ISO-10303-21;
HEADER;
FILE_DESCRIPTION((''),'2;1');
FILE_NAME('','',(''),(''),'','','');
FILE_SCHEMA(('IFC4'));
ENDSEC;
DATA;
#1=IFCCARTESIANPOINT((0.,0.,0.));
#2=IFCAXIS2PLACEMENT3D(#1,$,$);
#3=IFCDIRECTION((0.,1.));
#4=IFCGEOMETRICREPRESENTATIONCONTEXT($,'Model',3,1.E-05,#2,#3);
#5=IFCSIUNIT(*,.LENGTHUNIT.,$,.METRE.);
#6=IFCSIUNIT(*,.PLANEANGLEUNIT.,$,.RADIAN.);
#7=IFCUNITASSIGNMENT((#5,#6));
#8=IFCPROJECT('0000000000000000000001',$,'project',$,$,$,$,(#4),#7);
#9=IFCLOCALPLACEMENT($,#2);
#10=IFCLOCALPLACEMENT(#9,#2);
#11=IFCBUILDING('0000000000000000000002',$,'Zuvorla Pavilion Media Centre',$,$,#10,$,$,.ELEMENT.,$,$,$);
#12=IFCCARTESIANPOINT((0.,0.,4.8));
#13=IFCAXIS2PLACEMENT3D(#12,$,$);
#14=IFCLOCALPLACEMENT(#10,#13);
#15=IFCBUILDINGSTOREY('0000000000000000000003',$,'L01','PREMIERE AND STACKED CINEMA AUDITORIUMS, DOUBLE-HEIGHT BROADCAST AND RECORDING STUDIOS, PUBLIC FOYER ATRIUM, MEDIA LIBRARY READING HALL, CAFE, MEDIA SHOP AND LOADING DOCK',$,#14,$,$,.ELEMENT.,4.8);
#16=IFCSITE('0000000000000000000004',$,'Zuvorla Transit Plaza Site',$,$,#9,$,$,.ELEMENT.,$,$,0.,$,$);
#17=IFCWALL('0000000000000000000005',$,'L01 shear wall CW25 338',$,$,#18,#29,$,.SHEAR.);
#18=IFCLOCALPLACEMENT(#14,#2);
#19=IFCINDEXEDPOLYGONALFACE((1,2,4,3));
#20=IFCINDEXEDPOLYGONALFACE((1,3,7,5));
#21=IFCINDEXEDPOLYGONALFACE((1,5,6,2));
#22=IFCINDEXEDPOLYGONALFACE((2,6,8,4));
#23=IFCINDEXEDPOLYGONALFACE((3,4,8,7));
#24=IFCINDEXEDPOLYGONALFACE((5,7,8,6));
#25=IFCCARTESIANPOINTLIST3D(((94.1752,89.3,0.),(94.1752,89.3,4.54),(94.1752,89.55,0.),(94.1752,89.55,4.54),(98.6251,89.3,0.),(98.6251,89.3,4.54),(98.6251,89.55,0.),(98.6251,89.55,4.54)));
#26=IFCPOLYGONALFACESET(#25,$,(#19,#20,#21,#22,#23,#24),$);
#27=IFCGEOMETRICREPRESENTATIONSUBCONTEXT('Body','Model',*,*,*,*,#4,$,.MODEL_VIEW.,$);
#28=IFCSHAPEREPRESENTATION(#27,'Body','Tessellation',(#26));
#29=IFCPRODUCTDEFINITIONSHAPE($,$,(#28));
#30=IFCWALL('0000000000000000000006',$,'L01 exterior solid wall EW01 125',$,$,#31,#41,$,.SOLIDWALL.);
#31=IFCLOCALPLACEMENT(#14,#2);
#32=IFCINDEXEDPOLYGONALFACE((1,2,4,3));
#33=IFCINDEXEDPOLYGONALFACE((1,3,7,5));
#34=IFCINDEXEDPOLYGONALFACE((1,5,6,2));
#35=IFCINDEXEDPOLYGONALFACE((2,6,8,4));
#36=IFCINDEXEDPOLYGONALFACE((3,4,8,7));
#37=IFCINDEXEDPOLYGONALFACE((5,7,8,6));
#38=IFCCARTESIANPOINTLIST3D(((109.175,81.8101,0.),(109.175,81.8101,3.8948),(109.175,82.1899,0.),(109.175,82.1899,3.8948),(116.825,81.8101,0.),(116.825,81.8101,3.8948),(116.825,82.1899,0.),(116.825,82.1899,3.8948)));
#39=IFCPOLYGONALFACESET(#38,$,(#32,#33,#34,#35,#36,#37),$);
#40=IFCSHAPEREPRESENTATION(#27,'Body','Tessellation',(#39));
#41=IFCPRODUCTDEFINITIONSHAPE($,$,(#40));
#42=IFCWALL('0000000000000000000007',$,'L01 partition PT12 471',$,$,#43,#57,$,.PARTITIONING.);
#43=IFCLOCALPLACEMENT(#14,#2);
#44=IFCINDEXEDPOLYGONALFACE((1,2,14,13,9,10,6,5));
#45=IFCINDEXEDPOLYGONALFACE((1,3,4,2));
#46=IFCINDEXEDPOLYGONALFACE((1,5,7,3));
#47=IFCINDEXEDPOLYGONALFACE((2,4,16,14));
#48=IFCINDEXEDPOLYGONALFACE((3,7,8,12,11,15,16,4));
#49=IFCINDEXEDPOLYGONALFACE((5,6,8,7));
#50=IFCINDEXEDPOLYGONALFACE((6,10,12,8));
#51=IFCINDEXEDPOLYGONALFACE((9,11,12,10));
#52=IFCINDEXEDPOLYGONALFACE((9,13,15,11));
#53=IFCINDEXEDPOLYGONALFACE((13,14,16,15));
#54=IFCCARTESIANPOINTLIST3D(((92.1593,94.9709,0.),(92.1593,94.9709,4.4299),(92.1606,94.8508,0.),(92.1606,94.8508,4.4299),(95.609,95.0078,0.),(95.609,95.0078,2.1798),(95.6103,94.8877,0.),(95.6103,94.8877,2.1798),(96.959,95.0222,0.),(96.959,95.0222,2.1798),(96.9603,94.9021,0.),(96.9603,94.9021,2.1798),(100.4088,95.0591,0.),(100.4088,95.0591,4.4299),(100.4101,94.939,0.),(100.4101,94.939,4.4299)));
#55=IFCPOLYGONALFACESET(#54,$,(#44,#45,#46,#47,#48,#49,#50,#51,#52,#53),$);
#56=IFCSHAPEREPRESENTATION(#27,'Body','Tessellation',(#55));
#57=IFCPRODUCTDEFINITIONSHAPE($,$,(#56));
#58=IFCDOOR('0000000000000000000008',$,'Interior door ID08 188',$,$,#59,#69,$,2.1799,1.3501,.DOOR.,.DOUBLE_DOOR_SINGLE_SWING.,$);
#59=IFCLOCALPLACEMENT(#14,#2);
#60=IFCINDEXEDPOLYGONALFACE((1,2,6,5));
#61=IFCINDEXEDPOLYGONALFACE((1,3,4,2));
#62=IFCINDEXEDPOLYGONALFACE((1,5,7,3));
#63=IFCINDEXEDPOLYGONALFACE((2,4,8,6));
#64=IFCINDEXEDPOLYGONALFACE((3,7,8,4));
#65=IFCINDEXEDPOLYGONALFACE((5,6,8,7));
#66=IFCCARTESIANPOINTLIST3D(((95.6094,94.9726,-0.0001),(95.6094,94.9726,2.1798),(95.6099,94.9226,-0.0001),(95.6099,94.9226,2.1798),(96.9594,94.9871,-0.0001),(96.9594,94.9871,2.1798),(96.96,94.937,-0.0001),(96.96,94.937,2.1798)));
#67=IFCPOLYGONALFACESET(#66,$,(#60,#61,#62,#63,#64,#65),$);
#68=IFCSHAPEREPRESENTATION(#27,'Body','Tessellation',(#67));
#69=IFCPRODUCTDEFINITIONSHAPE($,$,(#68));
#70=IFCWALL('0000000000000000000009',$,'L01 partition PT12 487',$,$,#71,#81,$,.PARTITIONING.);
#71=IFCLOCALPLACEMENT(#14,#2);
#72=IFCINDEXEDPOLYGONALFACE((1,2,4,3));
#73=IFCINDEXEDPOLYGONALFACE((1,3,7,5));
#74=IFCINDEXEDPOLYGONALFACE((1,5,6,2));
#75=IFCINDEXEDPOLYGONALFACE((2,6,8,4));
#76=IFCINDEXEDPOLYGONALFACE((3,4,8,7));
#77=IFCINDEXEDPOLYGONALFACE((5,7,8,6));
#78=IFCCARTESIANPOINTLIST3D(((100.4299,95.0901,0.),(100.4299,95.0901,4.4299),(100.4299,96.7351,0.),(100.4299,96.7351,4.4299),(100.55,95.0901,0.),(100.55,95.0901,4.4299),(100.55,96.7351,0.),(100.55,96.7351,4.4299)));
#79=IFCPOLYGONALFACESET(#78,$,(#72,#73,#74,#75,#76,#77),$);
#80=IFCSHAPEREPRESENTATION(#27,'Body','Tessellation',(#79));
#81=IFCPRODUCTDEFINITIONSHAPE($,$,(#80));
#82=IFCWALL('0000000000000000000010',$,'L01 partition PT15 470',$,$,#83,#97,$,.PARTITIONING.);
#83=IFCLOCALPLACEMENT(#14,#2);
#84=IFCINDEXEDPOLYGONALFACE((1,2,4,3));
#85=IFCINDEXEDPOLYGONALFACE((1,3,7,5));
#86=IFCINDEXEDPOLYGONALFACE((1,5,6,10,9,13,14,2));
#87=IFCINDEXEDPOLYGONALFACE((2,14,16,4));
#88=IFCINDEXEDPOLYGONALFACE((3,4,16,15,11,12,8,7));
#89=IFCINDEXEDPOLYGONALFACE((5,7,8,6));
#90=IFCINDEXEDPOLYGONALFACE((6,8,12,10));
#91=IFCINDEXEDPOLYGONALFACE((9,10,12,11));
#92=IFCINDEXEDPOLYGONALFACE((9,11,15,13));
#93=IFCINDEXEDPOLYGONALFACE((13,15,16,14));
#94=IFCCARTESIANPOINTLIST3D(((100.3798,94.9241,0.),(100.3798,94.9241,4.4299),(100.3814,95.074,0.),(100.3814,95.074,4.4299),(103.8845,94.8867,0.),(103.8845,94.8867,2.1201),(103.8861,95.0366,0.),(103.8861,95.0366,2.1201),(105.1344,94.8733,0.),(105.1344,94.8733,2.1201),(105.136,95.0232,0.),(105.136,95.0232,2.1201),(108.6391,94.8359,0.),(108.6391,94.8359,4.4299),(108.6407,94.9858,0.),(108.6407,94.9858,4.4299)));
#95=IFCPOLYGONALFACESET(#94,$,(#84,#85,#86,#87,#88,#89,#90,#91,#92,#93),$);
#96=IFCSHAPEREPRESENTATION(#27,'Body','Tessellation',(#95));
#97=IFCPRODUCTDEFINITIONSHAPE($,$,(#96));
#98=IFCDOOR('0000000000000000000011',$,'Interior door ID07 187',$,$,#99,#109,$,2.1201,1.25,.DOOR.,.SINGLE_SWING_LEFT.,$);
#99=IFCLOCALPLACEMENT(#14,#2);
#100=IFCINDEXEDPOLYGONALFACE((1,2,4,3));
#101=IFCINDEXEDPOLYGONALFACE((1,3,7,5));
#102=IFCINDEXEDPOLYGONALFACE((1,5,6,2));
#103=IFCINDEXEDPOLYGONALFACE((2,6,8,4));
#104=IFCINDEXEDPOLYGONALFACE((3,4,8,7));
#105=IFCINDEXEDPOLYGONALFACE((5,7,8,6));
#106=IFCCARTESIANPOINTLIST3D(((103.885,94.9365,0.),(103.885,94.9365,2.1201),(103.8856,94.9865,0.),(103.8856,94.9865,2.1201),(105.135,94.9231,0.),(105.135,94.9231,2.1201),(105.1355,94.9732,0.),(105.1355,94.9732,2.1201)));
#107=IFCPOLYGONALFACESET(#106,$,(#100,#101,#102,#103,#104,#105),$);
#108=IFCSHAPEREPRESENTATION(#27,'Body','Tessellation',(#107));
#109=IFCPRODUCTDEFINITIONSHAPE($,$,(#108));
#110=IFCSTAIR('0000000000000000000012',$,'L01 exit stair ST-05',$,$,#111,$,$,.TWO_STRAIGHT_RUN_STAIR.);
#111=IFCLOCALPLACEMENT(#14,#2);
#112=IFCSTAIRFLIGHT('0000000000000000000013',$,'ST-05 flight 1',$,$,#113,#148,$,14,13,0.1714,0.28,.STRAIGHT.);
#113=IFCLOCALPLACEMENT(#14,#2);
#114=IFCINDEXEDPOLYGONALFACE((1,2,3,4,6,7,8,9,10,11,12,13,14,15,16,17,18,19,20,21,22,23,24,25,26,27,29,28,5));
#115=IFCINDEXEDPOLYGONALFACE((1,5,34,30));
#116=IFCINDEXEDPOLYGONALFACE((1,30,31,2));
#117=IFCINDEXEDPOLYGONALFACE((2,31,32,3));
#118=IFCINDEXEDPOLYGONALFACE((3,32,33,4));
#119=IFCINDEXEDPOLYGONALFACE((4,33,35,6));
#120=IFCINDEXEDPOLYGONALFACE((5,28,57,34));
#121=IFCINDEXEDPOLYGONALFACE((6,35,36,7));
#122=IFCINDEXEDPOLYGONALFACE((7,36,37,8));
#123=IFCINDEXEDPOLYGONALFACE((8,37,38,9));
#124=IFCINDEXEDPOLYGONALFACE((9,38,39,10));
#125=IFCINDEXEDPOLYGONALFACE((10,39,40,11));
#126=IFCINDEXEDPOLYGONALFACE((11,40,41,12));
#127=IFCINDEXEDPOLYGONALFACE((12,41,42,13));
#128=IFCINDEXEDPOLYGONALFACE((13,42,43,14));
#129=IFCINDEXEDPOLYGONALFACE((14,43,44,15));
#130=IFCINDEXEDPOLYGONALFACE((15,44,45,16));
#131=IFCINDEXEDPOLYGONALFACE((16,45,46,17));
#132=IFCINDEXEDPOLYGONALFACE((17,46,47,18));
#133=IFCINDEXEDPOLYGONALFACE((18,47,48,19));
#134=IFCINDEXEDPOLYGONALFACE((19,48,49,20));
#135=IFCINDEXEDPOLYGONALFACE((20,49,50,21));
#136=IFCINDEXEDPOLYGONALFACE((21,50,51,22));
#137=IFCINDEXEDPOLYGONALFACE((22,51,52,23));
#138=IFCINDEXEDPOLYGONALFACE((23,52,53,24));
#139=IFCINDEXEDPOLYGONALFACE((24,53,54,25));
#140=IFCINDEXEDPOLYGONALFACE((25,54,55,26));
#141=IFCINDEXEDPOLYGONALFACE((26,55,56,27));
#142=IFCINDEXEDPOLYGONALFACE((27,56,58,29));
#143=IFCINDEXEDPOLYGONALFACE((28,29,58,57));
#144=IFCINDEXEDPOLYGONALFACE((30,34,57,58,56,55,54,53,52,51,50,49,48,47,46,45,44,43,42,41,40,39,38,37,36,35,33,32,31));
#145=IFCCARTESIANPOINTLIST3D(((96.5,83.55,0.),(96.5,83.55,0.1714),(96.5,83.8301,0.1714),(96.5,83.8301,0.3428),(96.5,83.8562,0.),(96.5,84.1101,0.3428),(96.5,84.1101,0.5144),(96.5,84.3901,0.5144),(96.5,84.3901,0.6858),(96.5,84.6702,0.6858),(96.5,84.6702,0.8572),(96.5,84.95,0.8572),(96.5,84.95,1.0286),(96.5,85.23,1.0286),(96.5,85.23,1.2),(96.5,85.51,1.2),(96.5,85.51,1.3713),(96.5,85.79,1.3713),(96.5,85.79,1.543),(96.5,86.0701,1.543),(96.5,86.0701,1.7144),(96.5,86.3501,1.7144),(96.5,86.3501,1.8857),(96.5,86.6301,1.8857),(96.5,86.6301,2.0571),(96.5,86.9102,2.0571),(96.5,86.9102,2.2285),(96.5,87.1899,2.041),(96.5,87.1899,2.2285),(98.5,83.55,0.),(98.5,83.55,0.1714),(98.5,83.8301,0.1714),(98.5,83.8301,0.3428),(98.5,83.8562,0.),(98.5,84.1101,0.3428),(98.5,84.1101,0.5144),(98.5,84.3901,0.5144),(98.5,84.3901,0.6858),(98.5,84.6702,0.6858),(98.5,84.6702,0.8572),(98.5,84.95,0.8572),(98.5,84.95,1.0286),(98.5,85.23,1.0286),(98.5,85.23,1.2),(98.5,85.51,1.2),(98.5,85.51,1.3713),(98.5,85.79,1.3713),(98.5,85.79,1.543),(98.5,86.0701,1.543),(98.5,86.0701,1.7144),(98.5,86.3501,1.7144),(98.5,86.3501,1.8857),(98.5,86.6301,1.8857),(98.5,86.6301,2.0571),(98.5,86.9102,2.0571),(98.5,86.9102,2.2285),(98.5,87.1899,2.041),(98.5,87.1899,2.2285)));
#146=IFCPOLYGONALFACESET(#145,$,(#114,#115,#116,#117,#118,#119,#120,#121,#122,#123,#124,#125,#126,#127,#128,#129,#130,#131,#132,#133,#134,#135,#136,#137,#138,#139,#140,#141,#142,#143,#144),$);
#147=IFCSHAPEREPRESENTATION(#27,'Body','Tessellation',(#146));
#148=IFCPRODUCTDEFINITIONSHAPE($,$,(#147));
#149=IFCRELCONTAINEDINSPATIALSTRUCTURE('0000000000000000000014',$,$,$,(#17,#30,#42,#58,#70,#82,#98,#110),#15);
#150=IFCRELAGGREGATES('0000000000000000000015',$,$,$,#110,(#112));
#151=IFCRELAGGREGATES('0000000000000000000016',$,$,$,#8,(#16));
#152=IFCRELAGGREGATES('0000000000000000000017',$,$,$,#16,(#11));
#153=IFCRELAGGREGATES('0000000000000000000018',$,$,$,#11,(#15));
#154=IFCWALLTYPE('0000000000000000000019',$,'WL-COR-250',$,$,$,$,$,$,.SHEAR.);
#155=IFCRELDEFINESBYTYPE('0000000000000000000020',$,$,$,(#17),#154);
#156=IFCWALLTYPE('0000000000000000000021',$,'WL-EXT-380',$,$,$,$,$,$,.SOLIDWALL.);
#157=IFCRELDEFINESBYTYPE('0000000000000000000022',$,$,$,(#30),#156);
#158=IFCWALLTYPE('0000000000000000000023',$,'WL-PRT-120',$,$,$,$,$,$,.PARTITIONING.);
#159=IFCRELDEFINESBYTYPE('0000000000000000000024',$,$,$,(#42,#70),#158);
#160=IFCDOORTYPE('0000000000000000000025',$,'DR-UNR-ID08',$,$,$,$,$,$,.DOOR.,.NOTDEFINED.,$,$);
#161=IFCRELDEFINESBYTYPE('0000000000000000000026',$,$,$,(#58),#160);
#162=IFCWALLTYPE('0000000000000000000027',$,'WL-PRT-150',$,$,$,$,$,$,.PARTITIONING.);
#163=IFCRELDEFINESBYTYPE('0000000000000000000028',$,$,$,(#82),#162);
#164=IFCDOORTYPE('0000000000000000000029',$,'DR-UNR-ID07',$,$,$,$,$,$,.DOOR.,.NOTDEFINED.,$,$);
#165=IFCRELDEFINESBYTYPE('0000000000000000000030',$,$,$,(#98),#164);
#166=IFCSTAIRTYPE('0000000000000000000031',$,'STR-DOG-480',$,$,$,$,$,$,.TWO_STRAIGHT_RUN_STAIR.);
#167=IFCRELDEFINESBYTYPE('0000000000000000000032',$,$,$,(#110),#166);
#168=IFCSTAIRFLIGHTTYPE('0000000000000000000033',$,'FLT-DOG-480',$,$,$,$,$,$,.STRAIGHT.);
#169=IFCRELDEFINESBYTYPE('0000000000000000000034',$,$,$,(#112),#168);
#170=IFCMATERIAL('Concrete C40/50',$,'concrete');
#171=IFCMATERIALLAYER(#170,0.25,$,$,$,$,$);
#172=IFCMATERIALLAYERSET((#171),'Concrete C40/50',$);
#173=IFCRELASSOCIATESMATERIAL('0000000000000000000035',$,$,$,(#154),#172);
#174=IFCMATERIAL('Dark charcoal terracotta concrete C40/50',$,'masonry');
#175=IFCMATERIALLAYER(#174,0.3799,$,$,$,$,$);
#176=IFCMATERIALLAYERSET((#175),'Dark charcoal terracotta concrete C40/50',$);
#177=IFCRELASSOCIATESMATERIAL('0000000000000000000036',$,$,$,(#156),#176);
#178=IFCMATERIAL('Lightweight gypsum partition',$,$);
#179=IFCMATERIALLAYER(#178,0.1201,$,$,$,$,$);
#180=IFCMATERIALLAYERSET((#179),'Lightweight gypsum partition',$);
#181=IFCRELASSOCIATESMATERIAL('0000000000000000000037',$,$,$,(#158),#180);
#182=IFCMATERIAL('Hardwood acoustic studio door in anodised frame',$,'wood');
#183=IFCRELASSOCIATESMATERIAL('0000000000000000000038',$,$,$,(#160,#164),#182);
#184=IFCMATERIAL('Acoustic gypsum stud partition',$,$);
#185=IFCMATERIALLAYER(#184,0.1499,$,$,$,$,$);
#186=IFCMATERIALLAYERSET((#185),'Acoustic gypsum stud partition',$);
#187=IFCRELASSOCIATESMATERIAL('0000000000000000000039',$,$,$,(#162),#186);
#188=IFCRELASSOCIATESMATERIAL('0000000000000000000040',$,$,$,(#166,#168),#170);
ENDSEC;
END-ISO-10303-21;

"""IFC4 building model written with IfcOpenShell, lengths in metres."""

from ifc_helpers import new_model, si_unit, direction, frame, frame_2d, origin, place, context, subcontext, project, spatial, polyline, rectangle, outline, extrude, material, layer, layer_set, type_object, element, fill, aggregate, save


model = new_model("IFC4")

# Units and contexts
model_context = context("Model", 3, precision=1e-05, world=origin(), true_north=direction((0.0, 1.0)))
body_context = subcontext(model_context, "Body", "Model", "MODEL_VIEW")
ifc_project = project(units=[si_unit("LENGTHUNIT", "METRE"), si_unit("PLANEANGLEUNIT", "RADIAN")], contexts=[model_context])

# Site, building, storey
site_placement = place(None, origin())
site = spatial("IfcSite", under=ifc_project, at=site_placement, Name="Zuvorla Transit Plaza Site", CompositionType="ELEMENT", RefElevation=0.0)
building_placement = place(site_placement, origin())
building = spatial("IfcBuilding", under=site, at=building_placement, Name="Zuvorla Pavilion Media Centre", CompositionType="ELEMENT")
storey_placement = place(building_placement, frame((0.0, 0.0, 4.8)))
storey = spatial("IfcBuildingStorey", under=building, at=storey_placement, Name="L01", Description="PREMIERE AND STACKED CINEMA AUDITORIUMS, DOUBLE-HEIGHT BROADCAST AND RECORDING STUDIOS, PUBLIC FOYER ATRIUM, MEDIA LIBRARY READING HALL, CAFE, MEDIA SHOP AND LOADING DOCK", CompositionType="ELEMENT", Elevation=4.8)

# Shared definitions
ifc_material_1 = material(Name="Concrete C40/50", Category="concrete")

# Walls
ifc_layer_1 = layer(ifc_material_1, 0.25)
ifc_layer_set_1 = layer_set([ifc_layer_1], Name="Concrete C40/50")
wall_type_1 = type_object("IfcWallType", Name="WL-COR-250", PredefinedType="SHEAR", material=ifc_layer_set_1)
wall_1_placement = place(storey_placement, frame((94.175, 89.425, 0.0), z_axis=(0.0, 0.0, 1.0), x_axis=(1.0, 0.0, 0.0)))
element("IfcWall", 1, at=wall_1_placement, inside=storey, type_object=wall_type_1, Name="L01 shear wall CW25 338", PredefinedType="SHEAR", context=body_context, shape_type="SweptSolid", body=[
    extrude(rectangle(XDim=4.45, YDim=0.25, at=frame_2d((2.2251, 0.0))), origin(), (0.0, 0.0, 1.0), 4.54),
])
ifc_material_2 = material(Name="Dark charcoal terracotta concrete C40/50", Category="masonry")
ifc_layer_2 = layer(ifc_material_2, 0.3799)
ifc_layer_set_2 = layer_set([ifc_layer_2], Name="Dark charcoal terracotta concrete C40/50")
wall_type_2 = type_object("IfcWallType", Name="WL-EXT-380", PredefinedType="SOLIDWALL", material=ifc_layer_set_2)
wall_2_placement = place(storey_placement, frame((109.175, 82.0, 0.0), z_axis=(0.0, 0.0, 1.0), x_axis=(1.0, 0.0, 0.0)))
element("IfcWall", 2, at=wall_2_placement, inside=storey, type_object=wall_type_2, Name="L01 exterior solid wall EW01 125", PredefinedType="SOLIDWALL", context=body_context, shape_type="SweptSolid", body=[
    extrude(rectangle(XDim=7.6499, YDim=0.3799, at=frame_2d((3.825, 0.0))), origin(), (0.0, 0.0, 1.0), 3.8948),
])

# Wall, opening, door
ifc_material_3 = material(Name="Lightweight gypsum partition")
ifc_layer_3 = layer(ifc_material_3, 0.1201)
ifc_layer_set_3 = layer_set([ifc_layer_3], Name="Lightweight gypsum partition")
wall_type_3 = type_object("IfcWallType", Name="WL-PRT-120", PredefinedType="PARTITIONING", material=ifc_layer_set_3)
wall_3_placement = place(storey_placement, frame((92.1599, 94.9109, 0.0), z_axis=(0.0, 0.0, 1.0), x_axis=(0.999943, 0.010683, 0.0)))
wall_3 = element("IfcWall", 3, at=wall_3_placement, inside=storey, type_object=wall_type_3, Name="L01 partition PT12 471", PredefinedType="PARTITIONING", context=body_context, shape_type="SweptSolid", body=[
    extrude(rectangle(XDim=8.25, YDim=0.1201, at=frame_2d((4.125, 0.0))), origin(), (0.0, 0.0, 1.0), 4.4299),
])
opening_1_placement = place(wall_3_placement, frame((3.45, 0.0, 0.0)))
opening_1 = element("IfcOpeningElement", 4, at=opening_1_placement, cuts=wall_3, PredefinedType="OPENING", context=body_context, shape_type="SweptSolid", body=[
    extrude(rectangle(XDim=1.3501, YDim=2.1799, at=frame_2d((0.675, 1.0898))), frame((0.0, 0.0701, 0.0), z_axis=(0.0, -1.0, 0.0), x_axis=(1.0, 0.0, 0.0)), (0.0, 0.0, 1.0), 0.1401),
])
ifc_material_4 = material(Name="Hardwood acoustic studio door in anodised frame", Category="wood")
door_type_1 = type_object("IfcDoorType", Name="DR-UNR-ID08", OperationType="NOTDEFINED", PredefinedType="DOOR", material=ifc_material_4)
door_1_placement = place(opening_1_placement, origin())
door_1 = element("IfcDoor", 5, at=door_1_placement, inside=storey, type_object=door_type_1, Name="Interior door ID08 188", OperationType="DOUBLE_DOOR_SINGLE_SWING", OverallHeight=2.1799, OverallWidth=1.3501, PredefinedType="DOOR", context=body_context, shape_type="SweptSolid", body=[
    extrude(rectangle(XDim=1.3501, YDim=2.1799, at=frame_2d((0.675, 1.0898))), frame((0.0, 0.0249, 0.0), z_axis=(0.0, -1.0, 0.0), x_axis=(1.0, 0.0, 0.0)), (0.0, 0.0, 1.0), 0.05),
])
fill(opening_1, door_1)

# Wall
wall_4_placement = place(storey_placement, frame((100.49, 95.0901, 0.0), z_axis=(0.0, 0.0, 1.0), x_axis=(0.0, 1.0, 0.0)))
element("IfcWall", 6, at=wall_4_placement, inside=storey, type_object=wall_type_3, Name="L01 partition PT12 487", PredefinedType="PARTITIONING", context=body_context, shape_type="SweptSolid", body=[
    extrude(rectangle(XDim=1.645, YDim=0.1201, at=frame_2d((0.8225, 0.0))), origin(), (0.0, 0.0, 1.0), 4.4299),
])

# Wall, opening, door
ifc_material_5 = material(Name="Acoustic gypsum stud partition")
ifc_layer_4 = layer(ifc_material_5, 0.1499)
ifc_layer_set_4 = layer_set([ifc_layer_4], Name="Acoustic gypsum stud partition")
wall_type_4 = type_object("IfcWallType", Name="WL-PRT-150", PredefinedType="PARTITIONING", material=ifc_layer_set_4)
wall_5_placement = place(storey_placement, frame((100.3806, 94.999, 0.0), z_axis=(0.0, 0.0, 1.0), x_axis=(0.999943, -0.01067, 0.0)))
wall_5 = element("IfcWall", 7, at=wall_5_placement, inside=storey, type_object=wall_type_4, Name="L01 partition PT15 470", PredefinedType="PARTITIONING", context=body_context, shape_type="SweptSolid", body=[
    extrude(rectangle(XDim=8.2598, YDim=0.1499, at=frame_2d((4.1299, 0.0))), origin(), (0.0, 0.0, 1.0), 4.4299),
])
opening_2_placement = place(wall_5_placement, frame((3.5049, 0.0, 0.0)))
opening_2 = element("IfcOpeningElement", 8, at=opening_2_placement, cuts=wall_5, PredefinedType="OPENING", context=body_context, shape_type="SweptSolid", body=[
    extrude(rectangle(XDim=1.25, YDim=2.1201, at=frame_2d((0.625, 1.0601))), frame((0.0, 0.085, 0.0), z_axis=(0.0, -1.0, 0.0), x_axis=(1.0, 0.0, 0.0)), (0.0, 0.0, 1.0), 0.1699),
])
door_type_2 = type_object("IfcDoorType", Name="DR-UNR-ID07", OperationType="NOTDEFINED", PredefinedType="DOOR", material=ifc_material_4)
door_2_placement = place(opening_2_placement, origin())
door_2 = element("IfcDoor", 9, at=door_2_placement, inside=storey, type_object=door_type_2, Name="Interior door ID07 187", OperationType="SINGLE_SWING_LEFT", OverallHeight=2.1201, OverallWidth=1.25, PredefinedType="DOOR", context=body_context, shape_type="SweptSolid", body=[
    extrude(rectangle(XDim=1.25, YDim=2.1201, at=frame_2d((0.625, 1.0601))), frame((0.0, 0.0249, 0.0), z_axis=(0.0, -1.0, 0.0), x_axis=(1.0, 0.0, 0.0)), (0.0, 0.0, 1.0), 0.05),
])
fill(opening_2, door_2)

# Stair, stair flight
stair_type = type_object("IfcStairType", Name="STR-DOG-480", PredefinedType="TWO_STRAIGHT_RUN_STAIR", material=ifc_material_1)
stair_placement = place(storey_placement, origin())
stair = element("IfcStair", 10, at=stair_placement, inside=storey, type_object=stair_type, Name="L01 exit stair ST-05", PredefinedType="TWO_STRAIGHT_RUN_STAIR")
stair_flight_type = type_object("IfcStairFlightType", Name="FLT-DOG-480", PredefinedType="STRAIGHT", material=ifc_material_1)
stair_flight_1_placement = place(storey_placement, frame((97.5, 83.55, 0.0), z_axis=(0.0, 0.0, 1.0), x_axis=(0.0, 1.0, 0.0)))
stair_flight_1 = element("IfcStairFlight", 11, at=stair_flight_1_placement, type_object=stair_flight_type, Name="ST-05 flight 1", NumberOfRisers=14, NumberOfTreads=13, PredefinedType="STRAIGHT", RiserHeight=0.1714, TreadLength=0.28, context=body_context, shape_type="SweptSolid", body=[
    extrude(outline(polyline([(0.0, 0.0), (0.0, 0.1714), (0.28, 0.1714), (0.28, 0.3428), (0.5601, 0.3428), (0.5601, 0.5144), (0.8401, 0.5144), (0.8401, 0.6858), (1.1201, 0.6858), (1.1201, 0.8572), (1.3999, 0.8572), (1.3999, 1.0286), (1.6799, 1.0286), (1.6799, 1.2), (1.96, 1.2), (1.96, 1.3713), (2.24, 1.3713), (2.24, 1.543), (2.52, 1.543), (2.52, 1.7144), (2.8, 1.7144), (2.8, 1.8857), (3.0801, 1.8857), (3.0801, 2.0571), (3.3601, 2.0571), (3.3601, 2.2285), (3.6399, 2.2285), (3.6399, 2.3999), (3.6399, 2.041), (0.3062, 0.0), (0.0, 0.0)])), frame((0.0, 1.0, 0.0), z_axis=(0.0, -1.0, 0.0), x_axis=(1.0, 0.0, 0.0)), (0.0, 0.0, 1.0), 2.0),
])
aggregate(stair, [stair_flight_1])

save(model, "model.ifc")
